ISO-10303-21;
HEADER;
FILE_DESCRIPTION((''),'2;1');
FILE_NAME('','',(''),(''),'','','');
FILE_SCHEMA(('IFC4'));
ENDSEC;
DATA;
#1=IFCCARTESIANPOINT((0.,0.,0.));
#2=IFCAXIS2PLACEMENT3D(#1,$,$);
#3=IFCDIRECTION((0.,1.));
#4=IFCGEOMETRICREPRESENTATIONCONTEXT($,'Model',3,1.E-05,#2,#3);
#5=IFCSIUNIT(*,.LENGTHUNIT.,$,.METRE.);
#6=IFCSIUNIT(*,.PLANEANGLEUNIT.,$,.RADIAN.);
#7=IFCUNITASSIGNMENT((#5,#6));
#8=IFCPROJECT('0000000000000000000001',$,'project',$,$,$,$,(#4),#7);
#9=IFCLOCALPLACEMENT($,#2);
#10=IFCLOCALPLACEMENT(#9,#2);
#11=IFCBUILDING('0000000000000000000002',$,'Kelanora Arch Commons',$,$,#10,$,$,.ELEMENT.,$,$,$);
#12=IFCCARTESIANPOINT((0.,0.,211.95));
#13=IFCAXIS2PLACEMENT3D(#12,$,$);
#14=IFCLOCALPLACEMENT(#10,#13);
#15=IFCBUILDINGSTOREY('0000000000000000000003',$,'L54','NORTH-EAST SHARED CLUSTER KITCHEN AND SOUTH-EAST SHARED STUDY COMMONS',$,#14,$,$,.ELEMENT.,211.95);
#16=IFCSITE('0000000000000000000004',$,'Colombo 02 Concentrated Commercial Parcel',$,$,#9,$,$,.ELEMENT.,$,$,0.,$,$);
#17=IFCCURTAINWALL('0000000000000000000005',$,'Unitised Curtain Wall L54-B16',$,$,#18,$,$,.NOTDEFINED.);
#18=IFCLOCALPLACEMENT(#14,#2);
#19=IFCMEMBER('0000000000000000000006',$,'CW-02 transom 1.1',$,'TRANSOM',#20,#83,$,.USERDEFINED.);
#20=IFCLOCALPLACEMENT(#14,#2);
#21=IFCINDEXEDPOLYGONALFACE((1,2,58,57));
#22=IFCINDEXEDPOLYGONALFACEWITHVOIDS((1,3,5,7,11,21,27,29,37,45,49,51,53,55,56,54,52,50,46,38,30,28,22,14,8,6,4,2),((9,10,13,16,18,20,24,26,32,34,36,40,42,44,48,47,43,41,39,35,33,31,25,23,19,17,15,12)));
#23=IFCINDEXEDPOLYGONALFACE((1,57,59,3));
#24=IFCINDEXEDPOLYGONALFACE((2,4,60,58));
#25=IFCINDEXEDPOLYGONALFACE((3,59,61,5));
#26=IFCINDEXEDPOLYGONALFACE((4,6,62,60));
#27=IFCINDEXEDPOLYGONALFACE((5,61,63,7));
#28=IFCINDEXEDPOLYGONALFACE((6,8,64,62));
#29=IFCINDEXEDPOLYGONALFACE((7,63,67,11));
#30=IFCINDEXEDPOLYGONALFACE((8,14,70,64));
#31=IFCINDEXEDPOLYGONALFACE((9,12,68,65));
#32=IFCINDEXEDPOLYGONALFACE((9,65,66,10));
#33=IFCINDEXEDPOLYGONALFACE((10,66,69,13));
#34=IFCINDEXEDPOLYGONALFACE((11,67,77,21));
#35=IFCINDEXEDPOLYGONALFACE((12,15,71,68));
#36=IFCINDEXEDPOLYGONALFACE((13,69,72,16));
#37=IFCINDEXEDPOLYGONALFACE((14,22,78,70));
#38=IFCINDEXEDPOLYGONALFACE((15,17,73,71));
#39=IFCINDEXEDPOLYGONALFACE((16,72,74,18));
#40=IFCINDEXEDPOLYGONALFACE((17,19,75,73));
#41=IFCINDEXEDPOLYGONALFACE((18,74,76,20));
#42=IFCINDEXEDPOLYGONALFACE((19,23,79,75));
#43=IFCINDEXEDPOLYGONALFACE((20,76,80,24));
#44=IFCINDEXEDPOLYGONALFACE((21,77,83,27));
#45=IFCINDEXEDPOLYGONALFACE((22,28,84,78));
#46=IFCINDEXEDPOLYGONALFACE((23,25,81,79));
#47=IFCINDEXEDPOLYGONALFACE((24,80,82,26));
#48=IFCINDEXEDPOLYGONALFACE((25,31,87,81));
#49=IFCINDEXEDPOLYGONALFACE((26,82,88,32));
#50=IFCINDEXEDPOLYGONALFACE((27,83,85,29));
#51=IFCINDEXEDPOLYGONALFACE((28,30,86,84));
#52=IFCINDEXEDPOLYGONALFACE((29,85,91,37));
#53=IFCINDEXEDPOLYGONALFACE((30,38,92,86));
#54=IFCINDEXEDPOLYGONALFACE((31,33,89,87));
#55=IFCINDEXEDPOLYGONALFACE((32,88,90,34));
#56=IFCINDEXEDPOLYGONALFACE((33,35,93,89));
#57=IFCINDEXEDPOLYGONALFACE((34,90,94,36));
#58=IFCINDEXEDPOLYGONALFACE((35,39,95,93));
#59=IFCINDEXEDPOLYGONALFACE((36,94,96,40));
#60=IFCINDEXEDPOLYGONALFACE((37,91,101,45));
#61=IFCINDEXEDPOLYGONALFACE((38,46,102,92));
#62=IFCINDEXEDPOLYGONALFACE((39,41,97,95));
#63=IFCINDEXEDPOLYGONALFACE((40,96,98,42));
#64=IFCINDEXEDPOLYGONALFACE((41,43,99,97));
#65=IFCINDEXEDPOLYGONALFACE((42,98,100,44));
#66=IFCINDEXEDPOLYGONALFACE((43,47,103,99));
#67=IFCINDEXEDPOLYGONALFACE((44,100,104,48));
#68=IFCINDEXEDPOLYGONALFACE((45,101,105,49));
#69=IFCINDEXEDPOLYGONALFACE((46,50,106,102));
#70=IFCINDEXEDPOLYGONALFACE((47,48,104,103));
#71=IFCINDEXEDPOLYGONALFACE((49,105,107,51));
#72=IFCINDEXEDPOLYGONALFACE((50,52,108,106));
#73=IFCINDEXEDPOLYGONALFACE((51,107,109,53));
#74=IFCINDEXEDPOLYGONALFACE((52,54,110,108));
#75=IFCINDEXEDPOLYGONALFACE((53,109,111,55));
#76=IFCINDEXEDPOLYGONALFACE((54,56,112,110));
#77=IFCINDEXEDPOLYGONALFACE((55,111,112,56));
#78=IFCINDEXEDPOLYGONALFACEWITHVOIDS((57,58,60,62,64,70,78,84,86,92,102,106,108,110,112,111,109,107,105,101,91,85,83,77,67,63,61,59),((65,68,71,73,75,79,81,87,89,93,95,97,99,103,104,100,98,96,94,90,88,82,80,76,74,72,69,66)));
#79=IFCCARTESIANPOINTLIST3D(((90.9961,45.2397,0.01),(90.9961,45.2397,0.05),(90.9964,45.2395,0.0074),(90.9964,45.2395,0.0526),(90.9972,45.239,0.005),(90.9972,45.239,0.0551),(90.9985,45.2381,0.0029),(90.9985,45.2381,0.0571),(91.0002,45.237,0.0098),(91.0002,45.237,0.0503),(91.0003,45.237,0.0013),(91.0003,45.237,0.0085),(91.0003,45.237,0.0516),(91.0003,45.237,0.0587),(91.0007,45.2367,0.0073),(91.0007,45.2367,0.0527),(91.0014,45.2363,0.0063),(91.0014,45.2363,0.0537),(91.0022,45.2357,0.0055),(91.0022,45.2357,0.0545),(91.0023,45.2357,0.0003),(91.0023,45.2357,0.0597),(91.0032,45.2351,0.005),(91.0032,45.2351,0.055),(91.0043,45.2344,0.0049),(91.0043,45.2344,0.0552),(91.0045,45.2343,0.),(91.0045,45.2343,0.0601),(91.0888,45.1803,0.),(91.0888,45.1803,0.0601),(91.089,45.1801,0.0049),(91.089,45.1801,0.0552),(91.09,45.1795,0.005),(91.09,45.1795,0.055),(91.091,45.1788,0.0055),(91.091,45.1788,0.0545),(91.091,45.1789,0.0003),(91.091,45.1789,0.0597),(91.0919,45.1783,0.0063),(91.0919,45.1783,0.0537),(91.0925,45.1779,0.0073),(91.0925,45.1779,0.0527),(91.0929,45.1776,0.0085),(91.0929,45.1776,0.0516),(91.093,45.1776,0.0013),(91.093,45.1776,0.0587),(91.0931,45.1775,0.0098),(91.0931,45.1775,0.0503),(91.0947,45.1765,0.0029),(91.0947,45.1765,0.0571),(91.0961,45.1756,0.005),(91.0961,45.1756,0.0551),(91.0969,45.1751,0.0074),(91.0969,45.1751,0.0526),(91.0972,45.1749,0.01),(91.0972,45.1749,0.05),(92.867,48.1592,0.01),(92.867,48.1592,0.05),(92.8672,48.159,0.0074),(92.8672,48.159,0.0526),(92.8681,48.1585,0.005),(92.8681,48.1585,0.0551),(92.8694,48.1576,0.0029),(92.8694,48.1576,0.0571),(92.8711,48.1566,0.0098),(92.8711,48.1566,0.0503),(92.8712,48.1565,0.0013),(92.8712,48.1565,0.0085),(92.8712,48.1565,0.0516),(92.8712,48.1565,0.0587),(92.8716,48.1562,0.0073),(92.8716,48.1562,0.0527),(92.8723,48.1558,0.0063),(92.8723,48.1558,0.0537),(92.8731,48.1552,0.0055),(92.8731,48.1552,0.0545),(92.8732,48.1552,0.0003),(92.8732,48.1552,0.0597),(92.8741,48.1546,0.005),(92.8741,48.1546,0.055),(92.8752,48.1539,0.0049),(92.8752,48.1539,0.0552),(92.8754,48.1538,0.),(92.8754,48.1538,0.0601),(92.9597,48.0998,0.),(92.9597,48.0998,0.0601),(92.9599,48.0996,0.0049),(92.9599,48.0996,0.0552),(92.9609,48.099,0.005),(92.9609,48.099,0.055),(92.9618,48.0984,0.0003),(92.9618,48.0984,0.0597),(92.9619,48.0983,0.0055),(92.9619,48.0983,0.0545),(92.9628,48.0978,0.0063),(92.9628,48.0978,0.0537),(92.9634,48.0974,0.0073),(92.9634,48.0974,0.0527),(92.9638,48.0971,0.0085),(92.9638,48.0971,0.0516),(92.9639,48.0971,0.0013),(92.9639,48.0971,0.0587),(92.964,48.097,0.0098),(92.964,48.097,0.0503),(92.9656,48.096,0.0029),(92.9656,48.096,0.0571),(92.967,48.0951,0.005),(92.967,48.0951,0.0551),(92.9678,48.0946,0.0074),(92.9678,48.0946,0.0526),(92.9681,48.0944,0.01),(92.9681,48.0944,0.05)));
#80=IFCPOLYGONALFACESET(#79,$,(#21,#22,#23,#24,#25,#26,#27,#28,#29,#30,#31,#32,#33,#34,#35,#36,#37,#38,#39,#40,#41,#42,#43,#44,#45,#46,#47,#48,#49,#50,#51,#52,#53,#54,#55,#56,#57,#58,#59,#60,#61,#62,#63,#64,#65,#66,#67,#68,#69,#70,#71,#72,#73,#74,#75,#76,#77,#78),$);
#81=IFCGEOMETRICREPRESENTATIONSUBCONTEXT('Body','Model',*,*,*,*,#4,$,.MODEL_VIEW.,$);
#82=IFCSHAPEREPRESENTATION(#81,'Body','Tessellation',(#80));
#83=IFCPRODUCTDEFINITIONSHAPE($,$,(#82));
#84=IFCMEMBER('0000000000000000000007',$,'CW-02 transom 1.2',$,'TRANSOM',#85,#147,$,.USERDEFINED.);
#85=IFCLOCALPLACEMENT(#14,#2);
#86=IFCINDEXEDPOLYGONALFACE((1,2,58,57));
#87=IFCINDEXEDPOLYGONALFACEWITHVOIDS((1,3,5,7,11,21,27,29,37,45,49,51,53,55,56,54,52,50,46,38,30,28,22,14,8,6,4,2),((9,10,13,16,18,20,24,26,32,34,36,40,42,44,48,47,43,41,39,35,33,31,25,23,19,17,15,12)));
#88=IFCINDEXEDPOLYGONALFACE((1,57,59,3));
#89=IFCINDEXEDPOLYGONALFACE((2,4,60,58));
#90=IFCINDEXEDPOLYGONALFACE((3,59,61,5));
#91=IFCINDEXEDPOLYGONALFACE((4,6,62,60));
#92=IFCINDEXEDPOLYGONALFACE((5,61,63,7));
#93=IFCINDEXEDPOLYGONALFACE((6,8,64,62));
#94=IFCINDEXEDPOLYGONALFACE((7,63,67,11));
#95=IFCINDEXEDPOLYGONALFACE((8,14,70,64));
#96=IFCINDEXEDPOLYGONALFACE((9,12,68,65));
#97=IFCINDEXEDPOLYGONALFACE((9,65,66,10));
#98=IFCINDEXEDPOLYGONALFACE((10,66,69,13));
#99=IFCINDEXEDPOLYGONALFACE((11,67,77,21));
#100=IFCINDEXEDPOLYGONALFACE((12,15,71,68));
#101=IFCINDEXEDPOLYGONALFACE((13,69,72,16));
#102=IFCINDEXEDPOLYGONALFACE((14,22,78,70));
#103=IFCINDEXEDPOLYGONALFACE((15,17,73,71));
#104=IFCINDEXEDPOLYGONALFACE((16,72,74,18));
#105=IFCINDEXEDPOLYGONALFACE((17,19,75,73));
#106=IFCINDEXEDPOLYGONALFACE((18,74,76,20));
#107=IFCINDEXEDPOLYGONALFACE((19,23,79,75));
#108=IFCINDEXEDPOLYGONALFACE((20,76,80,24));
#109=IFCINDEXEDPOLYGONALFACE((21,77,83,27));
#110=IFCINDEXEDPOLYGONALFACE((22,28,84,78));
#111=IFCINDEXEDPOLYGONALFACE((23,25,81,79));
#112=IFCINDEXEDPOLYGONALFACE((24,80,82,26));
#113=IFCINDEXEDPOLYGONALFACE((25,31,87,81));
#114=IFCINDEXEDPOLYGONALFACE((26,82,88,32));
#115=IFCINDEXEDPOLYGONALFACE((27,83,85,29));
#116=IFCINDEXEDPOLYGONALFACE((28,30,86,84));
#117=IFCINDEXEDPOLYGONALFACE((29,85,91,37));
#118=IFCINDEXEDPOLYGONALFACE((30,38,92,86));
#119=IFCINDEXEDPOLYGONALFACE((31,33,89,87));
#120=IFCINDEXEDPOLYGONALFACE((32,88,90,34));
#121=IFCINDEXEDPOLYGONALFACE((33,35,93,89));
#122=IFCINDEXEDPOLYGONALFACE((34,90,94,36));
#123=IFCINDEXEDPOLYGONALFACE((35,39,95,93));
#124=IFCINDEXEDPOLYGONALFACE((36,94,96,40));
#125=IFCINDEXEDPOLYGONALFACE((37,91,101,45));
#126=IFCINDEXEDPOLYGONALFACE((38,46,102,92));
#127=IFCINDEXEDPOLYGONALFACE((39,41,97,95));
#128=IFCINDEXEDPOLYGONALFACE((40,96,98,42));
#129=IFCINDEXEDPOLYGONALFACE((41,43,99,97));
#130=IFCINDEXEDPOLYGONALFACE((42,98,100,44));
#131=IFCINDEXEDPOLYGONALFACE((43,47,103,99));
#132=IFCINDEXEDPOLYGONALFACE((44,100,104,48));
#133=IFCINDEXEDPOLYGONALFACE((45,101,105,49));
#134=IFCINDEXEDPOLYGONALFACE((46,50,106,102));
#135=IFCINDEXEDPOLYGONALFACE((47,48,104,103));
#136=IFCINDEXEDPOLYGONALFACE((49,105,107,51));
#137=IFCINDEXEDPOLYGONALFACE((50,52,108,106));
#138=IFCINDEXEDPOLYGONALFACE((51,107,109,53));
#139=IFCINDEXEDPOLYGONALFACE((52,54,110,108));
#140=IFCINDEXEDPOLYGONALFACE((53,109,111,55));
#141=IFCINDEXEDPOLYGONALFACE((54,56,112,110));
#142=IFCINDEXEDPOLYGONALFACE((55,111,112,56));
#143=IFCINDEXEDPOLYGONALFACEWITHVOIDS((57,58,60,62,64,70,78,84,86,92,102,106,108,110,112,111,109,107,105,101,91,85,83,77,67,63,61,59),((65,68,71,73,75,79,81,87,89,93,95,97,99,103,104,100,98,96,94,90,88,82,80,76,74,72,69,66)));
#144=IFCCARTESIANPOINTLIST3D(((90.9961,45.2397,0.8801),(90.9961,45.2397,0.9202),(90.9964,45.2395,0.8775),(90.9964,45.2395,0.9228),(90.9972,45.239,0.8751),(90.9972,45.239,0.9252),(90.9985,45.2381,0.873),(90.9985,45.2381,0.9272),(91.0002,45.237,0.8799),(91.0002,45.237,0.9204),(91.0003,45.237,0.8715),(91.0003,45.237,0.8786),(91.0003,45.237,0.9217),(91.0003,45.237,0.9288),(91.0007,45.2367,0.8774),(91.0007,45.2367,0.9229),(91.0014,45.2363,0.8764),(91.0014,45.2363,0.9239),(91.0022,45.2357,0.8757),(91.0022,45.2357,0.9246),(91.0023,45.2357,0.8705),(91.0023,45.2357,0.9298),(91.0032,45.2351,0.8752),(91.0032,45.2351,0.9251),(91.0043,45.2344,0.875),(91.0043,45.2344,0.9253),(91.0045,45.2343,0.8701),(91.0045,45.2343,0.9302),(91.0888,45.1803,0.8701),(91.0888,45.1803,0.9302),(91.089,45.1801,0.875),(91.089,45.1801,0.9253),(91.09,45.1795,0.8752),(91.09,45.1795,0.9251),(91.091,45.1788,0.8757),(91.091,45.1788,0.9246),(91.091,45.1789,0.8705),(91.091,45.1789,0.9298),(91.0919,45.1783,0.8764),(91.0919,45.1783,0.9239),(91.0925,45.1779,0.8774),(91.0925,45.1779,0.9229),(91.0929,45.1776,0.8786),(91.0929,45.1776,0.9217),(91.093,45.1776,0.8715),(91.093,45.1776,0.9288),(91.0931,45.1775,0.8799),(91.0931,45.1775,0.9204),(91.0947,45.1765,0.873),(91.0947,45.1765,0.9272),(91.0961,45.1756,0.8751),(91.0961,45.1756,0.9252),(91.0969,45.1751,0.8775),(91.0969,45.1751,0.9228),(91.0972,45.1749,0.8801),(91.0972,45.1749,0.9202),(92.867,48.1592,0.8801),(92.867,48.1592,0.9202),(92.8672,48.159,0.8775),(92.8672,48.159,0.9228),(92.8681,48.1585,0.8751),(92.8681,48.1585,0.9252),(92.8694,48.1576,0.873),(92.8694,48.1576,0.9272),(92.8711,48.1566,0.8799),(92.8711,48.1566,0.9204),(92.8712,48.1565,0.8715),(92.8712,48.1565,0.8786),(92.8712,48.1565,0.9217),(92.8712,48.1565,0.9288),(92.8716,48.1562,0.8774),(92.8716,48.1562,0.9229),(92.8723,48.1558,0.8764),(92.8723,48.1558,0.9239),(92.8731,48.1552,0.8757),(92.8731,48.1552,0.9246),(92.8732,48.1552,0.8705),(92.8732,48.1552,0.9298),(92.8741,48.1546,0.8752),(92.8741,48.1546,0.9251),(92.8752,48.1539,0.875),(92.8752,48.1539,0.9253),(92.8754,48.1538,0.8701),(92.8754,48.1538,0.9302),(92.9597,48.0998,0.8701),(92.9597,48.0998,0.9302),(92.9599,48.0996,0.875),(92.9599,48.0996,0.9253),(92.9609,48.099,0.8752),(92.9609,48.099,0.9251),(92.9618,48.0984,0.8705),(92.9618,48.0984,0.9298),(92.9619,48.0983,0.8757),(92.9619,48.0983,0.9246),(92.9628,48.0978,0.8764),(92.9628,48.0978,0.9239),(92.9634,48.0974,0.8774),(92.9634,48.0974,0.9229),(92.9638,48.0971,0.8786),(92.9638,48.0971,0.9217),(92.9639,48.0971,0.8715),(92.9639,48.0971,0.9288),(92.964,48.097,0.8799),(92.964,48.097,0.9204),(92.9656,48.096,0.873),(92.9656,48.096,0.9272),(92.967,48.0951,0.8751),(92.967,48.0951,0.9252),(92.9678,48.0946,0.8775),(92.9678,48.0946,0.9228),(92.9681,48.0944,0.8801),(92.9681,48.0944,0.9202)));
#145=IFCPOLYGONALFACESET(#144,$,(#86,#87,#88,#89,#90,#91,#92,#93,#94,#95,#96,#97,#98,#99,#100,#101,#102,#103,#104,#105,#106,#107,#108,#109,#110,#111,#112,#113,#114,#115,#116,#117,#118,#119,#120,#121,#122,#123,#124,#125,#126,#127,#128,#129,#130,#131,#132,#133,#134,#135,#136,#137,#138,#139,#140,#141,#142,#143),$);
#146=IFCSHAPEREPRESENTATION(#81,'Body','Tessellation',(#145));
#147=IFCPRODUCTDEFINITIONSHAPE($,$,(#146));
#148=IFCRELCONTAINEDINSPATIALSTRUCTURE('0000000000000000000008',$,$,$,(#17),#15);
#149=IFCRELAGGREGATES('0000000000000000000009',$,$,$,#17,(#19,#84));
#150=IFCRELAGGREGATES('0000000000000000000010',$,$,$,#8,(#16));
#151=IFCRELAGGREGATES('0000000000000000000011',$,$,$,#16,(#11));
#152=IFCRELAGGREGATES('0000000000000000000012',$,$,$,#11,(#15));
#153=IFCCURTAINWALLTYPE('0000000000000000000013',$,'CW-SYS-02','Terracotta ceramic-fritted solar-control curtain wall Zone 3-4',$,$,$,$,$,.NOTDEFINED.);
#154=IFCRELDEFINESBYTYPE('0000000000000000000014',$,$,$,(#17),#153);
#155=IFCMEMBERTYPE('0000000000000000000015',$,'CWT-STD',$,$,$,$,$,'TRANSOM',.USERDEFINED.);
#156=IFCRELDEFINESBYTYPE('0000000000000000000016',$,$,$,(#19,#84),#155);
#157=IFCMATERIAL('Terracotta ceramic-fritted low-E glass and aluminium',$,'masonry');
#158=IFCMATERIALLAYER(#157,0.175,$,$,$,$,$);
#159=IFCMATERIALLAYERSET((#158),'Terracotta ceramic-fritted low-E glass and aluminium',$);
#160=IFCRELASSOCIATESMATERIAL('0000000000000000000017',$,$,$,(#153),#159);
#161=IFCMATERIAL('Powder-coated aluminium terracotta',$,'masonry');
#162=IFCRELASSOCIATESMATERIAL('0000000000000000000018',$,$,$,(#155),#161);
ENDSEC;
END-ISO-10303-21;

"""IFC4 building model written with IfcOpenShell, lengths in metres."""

from ifc_helpers import new_model, si_unit, direction, frame, origin, origin_2d, place, context, subcontext, project, spatial, hollow_rectangle, extrude, material, layer, layer_set, material_profile, profile_set, type_object, element, aggregate, save


model = new_model("IFC4")

# Units and contexts
model_context = context("Model", 3, precision=1e-05, world=origin(), true_north=direction((0.0, 1.0)))
body_context = subcontext(model_context, "Body", "Model", "MODEL_VIEW")
ifc_project = project(units=[si_unit("LENGTHUNIT", "METRE"), si_unit("PLANEANGLEUNIT", "RADIAN")], contexts=[model_context])

# Site, building, storey
site_placement = place(None, origin())
site = spatial("IfcSite", under=ifc_project, at=site_placement, Name="Colombo 02 Concentrated Commercial Parcel", CompositionType="ELEMENT", RefElevation=0.0)
building_placement = place(site_placement, origin())
building = spatial("IfcBuilding", under=site, at=building_placement, Name="Kelanora Arch Commons", CompositionType="ELEMENT")
storey_placement = place(building_placement, frame((0.0, 0.0, 211.95)))
storey = spatial("IfcBuildingStorey", under=building, at=storey_placement, Name="L54", Description="NORTH-EAST SHARED CLUSTER KITCHEN AND SOUTH-EAST SHARED STUDY COMMONS", CompositionType="ELEMENT", Elevation=211.95)

# Shared definitions
ifc_material_1 = material(Name="Terracotta ceramic-fritted low-E glass and aluminium", Category="masonry")
ifc_layer_1 = layer(ifc_material_1, 0.175)
ifc_layer_set_1 = layer_set([ifc_layer_1], Name="Terracotta ceramic-fritted low-E glass and aluminium")
curtain_wall_type = type_object("IfcCurtainWallType", Name="CW-SYS-02", Description="Terracotta ceramic-fritted solar-control curtain wall Zone 3-4", PredefinedType="NOTDEFINED", material=ifc_layer_set_1)
ifc_material_2 = material(Name="Powder-coated aluminium terracotta", Category="masonry")

# Curtain wall, members
curtain_wall_1_placement = place(storey_placement, origin())
curtain_wall_1 = element("IfcCurtainWall", 1, at=curtain_wall_1_placement, inside=storey, type_object=curtain_wall_type, Name="Unitised Curtain Wall L54-B16", PredefinedType="NOTDEFINED")
ifc_material_profile_1 = material_profile(ifc_material_2, hollow_rectangle(XDim=0.1201, YDim=0.0601, WallThickness=0.0049, InnerFilletRadius=0.0049, OuterFilletRadius=0.01, at=origin_2d()), Name="CWT120x60")
ifc_profile_set_1 = profile_set([ifc_material_profile_1], Name="Powder-coated aluminium terracotta")
member_type_1 = type_object("IfcMemberType", Name="CWT-STD", ElementType="TRANSOM", PredefinedType="USERDEFINED", material=ifc_profile_set_1)
member_1_placement = place(storey_placement, frame((91.0466, 45.2073, 0.03), z_axis=(0.539547, 0.841955, 0.0), x_axis=(-0.841955, 0.539547, 0.0)))
member_1 = element("IfcMember", 2, at=member_1_placement, type_object=member_type_1, Name="CW-02 transom 1.1", ObjectType="TRANSOM", PredefinedType="USERDEFINED", context=body_context, shape_type="SweptSolid", body=[
    extrude(hollow_rectangle(XDim=0.1201, YDim=0.0601, WallThickness=0.0049, InnerFilletRadius=0.0049, OuterFilletRadius=0.01, at=origin_2d()), origin(), (0.0, 0.0, 1.0), 3.4675),
])
member_2_placement = place(storey_placement, frame((91.0466, 45.2073, 0.9001), z_axis=(0.539547, 0.841955, 0.0), x_axis=(-0.841955, 0.539547, 0.0)))
member_2 = element("IfcMember", 3, at=member_2_placement, type_object=member_type_1, Name="CW-02 transom 1.2", ObjectType="TRANSOM", PredefinedType="USERDEFINED", context=body_context, shape_type="SweptSolid", body=[
    extrude(hollow_rectangle(XDim=0.1201, YDim=0.0601, WallThickness=0.0049, InnerFilletRadius=0.0049, OuterFilletRadius=0.01, at=origin_2d()), origin(), (0.0, 0.0, 1.0), 3.4675),
])

aggregate(curtain_wall_1, [member_1, member_2])

save(model, "model.ifc")
